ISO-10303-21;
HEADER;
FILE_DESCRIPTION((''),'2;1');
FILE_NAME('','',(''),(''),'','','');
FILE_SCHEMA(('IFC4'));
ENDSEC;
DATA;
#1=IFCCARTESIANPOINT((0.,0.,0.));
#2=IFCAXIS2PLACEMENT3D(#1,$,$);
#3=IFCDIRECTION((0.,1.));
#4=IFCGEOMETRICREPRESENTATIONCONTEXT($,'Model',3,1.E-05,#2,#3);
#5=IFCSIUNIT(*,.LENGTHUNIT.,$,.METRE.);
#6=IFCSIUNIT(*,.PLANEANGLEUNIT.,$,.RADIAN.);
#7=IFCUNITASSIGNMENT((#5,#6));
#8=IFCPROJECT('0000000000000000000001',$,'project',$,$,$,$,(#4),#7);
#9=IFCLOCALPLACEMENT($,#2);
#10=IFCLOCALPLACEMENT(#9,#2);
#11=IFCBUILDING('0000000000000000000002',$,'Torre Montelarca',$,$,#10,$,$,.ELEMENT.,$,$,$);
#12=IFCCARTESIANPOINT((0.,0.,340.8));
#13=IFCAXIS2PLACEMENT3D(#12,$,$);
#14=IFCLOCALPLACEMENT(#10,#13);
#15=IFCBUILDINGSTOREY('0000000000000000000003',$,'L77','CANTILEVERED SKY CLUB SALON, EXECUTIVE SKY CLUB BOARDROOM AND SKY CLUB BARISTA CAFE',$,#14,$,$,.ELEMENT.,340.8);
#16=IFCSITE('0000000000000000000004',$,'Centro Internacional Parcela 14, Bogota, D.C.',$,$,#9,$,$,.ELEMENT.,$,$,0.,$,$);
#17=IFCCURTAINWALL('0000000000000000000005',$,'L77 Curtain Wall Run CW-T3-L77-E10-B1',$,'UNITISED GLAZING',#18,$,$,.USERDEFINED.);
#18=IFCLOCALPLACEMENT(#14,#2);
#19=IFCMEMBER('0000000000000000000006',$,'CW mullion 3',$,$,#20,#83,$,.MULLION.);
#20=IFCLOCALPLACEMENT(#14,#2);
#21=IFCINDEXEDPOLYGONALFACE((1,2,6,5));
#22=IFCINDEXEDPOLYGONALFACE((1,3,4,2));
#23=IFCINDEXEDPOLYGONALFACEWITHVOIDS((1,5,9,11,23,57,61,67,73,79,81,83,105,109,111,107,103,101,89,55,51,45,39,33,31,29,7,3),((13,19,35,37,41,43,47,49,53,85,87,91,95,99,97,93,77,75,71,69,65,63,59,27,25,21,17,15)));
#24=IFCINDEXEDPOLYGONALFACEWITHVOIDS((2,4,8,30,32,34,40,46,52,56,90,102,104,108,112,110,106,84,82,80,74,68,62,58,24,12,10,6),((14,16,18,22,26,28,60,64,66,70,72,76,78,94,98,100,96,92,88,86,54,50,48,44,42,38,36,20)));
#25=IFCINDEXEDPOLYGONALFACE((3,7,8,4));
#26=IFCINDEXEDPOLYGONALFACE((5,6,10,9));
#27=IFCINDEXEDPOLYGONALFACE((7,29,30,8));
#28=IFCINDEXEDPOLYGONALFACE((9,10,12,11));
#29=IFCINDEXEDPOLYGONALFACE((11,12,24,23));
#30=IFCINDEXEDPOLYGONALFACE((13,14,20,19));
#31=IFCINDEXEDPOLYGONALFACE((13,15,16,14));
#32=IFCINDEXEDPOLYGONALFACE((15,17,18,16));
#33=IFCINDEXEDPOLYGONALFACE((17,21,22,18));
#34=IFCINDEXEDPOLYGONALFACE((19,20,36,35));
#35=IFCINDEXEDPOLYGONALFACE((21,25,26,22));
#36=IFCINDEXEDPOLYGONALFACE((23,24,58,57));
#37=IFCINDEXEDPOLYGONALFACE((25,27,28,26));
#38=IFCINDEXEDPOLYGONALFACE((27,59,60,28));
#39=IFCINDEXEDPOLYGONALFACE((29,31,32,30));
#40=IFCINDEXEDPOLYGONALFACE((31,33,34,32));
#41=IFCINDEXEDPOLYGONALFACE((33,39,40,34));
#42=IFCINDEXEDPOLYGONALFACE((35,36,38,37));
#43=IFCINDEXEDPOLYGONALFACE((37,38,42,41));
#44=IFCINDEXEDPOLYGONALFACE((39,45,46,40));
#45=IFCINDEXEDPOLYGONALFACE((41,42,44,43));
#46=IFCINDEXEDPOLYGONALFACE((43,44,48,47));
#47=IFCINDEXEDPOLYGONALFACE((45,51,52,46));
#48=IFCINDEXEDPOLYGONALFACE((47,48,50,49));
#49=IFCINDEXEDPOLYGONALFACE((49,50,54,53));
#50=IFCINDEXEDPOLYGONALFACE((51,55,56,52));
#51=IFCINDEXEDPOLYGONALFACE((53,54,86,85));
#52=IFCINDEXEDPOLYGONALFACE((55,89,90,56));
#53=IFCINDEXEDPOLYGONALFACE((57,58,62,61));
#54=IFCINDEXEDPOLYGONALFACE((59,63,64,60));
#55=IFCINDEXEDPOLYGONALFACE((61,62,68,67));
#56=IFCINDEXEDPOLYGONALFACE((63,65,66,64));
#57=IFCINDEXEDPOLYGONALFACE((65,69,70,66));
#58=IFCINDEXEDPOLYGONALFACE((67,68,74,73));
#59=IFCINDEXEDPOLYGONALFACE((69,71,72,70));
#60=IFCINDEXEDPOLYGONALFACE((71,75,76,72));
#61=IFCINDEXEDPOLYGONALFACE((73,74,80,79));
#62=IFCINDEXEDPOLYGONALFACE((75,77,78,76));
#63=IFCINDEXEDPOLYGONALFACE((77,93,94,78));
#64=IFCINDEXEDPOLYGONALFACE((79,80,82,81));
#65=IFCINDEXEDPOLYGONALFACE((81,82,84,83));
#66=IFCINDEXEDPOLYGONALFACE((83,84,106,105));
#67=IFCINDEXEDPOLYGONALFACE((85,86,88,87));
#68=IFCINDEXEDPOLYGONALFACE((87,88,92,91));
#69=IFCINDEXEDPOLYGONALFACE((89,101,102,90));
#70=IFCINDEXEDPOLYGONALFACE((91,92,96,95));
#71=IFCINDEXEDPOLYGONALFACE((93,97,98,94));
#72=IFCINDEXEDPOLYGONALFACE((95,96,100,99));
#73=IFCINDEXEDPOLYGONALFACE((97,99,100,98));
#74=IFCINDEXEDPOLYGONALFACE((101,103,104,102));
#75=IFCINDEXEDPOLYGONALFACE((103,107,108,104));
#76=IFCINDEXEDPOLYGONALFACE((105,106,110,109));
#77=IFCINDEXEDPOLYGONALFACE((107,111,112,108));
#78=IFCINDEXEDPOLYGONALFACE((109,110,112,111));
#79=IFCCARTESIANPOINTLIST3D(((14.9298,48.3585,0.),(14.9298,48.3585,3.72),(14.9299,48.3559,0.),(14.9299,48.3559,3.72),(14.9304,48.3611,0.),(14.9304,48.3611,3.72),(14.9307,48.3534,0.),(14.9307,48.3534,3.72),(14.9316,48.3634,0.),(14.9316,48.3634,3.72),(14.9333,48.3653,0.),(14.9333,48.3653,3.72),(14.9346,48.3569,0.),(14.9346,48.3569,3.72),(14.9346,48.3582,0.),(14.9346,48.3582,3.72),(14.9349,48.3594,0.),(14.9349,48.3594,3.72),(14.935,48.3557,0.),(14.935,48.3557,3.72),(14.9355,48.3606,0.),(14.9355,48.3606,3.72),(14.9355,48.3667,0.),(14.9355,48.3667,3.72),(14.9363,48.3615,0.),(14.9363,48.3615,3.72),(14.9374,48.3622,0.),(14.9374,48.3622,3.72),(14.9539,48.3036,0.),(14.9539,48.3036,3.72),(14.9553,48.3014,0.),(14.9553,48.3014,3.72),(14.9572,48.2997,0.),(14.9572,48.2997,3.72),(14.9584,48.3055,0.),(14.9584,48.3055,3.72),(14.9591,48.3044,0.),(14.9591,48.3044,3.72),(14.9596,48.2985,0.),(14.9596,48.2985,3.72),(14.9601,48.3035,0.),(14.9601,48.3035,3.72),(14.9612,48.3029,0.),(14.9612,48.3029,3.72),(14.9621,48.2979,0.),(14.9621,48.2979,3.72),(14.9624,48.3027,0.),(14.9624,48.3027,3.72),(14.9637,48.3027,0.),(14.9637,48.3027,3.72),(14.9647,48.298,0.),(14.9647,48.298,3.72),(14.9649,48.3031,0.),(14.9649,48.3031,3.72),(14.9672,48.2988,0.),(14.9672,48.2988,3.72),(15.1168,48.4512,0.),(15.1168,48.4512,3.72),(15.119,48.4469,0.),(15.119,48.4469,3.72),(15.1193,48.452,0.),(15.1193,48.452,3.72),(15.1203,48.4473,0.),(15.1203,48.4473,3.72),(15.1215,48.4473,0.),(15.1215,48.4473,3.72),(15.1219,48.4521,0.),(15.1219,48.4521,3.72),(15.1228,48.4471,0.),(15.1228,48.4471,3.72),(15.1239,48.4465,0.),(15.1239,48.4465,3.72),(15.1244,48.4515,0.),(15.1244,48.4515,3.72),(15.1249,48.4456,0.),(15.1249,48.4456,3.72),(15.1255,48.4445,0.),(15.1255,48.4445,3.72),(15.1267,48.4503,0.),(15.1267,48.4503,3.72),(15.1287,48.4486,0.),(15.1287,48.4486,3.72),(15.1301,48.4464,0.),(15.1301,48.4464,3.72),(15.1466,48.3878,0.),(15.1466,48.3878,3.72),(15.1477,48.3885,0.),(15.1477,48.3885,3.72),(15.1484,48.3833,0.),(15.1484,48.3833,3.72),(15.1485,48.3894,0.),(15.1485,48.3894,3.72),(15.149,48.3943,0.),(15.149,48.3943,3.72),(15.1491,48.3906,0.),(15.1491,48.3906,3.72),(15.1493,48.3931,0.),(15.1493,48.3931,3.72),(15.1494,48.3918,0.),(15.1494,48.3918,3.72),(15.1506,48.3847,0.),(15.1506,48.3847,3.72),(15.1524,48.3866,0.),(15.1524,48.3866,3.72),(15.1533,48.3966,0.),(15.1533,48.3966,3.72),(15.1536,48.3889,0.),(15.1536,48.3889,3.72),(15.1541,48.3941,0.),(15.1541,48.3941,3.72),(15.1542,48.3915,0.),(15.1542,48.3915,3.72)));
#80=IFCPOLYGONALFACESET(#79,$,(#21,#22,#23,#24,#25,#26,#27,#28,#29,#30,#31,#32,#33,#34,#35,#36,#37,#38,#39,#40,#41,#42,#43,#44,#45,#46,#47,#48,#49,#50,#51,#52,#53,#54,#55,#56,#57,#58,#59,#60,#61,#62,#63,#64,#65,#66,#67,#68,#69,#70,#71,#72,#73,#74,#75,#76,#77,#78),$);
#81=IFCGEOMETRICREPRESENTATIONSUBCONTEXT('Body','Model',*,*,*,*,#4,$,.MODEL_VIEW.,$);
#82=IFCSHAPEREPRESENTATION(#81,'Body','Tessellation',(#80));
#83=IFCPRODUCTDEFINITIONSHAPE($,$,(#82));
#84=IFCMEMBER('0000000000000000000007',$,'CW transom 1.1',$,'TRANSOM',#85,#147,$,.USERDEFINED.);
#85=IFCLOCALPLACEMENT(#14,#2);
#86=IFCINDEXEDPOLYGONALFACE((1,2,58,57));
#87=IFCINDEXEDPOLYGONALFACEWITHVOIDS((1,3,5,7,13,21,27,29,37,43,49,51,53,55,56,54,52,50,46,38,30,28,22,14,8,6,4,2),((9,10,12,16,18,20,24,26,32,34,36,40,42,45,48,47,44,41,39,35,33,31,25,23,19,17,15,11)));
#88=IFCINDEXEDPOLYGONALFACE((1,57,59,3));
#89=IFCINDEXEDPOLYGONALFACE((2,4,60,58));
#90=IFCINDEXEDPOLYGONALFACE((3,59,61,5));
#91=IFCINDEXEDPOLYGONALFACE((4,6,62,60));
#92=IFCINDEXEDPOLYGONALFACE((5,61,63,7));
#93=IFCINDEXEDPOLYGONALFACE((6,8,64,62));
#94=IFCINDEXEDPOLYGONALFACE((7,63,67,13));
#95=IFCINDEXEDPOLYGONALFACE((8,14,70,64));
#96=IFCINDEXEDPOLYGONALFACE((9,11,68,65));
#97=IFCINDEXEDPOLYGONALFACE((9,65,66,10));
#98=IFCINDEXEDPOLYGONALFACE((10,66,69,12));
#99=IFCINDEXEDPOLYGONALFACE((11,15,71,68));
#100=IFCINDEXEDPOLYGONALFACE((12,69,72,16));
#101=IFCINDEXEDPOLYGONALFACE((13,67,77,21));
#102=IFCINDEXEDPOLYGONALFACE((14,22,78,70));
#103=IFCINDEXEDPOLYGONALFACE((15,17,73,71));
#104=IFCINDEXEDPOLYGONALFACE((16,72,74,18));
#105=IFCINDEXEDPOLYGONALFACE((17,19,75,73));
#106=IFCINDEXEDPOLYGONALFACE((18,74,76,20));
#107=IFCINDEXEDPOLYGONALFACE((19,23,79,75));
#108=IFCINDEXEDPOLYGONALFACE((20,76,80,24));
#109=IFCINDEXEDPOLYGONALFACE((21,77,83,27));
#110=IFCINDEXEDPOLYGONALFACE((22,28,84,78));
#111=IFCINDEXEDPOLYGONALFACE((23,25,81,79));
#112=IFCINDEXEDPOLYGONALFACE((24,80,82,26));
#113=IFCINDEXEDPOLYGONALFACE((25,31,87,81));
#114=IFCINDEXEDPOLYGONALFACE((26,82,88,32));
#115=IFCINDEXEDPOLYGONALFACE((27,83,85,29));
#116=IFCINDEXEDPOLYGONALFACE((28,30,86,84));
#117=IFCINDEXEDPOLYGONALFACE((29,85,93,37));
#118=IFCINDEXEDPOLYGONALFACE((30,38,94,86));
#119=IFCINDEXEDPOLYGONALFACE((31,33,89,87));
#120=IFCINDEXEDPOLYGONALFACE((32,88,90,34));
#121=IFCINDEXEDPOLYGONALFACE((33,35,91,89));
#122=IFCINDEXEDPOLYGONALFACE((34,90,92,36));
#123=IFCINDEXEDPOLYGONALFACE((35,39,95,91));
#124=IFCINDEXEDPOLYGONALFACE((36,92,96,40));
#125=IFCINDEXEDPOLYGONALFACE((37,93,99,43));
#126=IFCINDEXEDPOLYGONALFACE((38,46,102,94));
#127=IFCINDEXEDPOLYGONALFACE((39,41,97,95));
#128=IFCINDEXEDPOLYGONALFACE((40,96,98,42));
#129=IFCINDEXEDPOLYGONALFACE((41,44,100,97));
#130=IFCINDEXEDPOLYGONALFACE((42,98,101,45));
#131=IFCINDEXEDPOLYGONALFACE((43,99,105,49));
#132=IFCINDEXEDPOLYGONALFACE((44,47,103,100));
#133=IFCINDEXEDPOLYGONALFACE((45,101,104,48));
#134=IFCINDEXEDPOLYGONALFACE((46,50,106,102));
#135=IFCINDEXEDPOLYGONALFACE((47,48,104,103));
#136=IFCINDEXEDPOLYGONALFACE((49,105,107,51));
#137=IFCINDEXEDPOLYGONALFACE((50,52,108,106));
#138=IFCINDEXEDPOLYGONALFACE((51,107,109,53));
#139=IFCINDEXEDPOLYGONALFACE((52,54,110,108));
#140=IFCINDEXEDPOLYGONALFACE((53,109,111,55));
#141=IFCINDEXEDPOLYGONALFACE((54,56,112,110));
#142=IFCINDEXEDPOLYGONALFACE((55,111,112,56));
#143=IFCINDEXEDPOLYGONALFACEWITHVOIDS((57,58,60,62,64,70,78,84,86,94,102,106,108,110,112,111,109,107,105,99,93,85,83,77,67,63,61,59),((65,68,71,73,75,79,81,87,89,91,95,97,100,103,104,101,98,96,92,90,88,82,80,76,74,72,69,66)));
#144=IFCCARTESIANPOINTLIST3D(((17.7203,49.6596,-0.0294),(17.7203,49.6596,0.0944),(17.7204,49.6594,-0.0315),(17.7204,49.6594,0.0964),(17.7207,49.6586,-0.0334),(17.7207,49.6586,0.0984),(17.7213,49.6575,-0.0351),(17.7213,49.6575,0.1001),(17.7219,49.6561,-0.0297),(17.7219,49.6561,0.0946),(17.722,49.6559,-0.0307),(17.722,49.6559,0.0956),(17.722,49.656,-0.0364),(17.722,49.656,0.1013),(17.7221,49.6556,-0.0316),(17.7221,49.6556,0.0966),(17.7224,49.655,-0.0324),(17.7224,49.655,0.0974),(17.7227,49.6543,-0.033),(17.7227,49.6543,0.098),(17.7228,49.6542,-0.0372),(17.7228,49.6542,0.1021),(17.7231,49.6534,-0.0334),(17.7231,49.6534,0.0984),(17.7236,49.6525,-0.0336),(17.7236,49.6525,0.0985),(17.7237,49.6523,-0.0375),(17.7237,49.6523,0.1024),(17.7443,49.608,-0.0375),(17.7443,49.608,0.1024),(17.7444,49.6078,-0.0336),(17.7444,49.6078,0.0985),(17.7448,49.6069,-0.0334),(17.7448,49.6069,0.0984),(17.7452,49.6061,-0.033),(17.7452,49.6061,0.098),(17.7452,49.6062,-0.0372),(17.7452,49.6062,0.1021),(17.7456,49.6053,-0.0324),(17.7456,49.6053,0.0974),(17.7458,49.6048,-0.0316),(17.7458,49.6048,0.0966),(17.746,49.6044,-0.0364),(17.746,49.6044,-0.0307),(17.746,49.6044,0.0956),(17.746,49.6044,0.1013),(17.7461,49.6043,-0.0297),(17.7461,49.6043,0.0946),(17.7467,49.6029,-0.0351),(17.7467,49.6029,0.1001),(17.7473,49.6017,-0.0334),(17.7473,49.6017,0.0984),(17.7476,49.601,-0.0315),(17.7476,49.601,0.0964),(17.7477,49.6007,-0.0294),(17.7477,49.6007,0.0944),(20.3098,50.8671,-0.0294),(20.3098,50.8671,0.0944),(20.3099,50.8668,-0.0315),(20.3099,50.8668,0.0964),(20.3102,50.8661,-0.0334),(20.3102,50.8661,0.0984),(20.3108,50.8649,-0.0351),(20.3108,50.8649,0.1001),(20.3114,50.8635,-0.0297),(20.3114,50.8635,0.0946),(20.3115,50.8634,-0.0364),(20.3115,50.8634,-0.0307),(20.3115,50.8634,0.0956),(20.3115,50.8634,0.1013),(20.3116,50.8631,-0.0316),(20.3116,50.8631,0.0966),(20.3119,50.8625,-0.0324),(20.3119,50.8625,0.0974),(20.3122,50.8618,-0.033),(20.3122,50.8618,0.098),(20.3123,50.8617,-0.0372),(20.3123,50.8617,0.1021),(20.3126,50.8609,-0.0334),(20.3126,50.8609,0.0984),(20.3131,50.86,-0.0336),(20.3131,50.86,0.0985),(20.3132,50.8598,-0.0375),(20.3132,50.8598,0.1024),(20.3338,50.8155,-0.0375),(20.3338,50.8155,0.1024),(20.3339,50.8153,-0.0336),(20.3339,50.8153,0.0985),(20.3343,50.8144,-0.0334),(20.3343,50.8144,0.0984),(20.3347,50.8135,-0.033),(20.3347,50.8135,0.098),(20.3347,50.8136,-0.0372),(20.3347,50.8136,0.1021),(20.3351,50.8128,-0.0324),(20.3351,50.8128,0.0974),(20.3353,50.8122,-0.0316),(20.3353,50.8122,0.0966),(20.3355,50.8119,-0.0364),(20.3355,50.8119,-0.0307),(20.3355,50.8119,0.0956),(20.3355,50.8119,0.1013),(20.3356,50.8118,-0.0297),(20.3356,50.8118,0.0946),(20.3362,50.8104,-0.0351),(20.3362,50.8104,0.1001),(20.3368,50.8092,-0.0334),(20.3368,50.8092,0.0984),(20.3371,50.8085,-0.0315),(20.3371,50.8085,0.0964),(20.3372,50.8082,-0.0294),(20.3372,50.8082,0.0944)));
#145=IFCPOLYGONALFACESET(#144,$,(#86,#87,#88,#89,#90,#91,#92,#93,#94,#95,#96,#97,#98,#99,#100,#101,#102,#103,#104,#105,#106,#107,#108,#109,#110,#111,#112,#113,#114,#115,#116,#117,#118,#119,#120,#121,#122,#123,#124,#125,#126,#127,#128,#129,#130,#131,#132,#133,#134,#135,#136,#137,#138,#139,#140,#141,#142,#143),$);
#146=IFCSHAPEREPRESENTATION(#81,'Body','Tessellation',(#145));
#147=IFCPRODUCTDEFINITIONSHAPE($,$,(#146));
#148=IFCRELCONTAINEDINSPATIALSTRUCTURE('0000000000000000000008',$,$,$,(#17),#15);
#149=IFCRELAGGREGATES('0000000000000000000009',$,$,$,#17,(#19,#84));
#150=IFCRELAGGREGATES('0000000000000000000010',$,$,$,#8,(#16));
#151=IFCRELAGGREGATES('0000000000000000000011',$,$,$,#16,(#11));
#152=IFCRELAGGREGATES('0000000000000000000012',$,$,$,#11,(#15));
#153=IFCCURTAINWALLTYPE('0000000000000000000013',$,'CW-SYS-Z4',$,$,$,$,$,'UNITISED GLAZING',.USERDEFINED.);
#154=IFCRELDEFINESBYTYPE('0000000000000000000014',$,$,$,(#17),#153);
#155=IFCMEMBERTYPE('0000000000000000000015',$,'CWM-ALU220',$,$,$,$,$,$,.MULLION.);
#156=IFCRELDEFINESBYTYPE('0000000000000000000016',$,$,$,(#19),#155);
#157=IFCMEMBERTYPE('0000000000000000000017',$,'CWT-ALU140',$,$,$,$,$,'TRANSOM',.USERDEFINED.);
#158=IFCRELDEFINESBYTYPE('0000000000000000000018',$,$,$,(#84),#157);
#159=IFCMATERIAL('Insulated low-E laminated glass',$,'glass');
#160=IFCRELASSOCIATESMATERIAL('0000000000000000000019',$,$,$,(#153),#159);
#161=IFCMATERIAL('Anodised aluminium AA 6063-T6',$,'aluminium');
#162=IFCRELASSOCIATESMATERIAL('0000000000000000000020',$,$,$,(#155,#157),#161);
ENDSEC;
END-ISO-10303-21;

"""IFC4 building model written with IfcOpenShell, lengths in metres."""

from ifc_helpers import new_model, si_unit, direction, frame, origin, origin_2d, place, context, subcontext, project, spatial, hollow_rectangle, extrude, source, transform, mapped, material, material_profile, profile_set, type_object, element, aggregate, save


model = new_model("IFC4")

# Units and contexts
model_context = context("Model", 3, precision=1e-05, world=origin(), true_north=direction((0.0, 1.0)))
body_context = subcontext(model_context, "Body", "Model", "MODEL_VIEW")
ifc_project = project(units=[si_unit("LENGTHUNIT", "METRE"), si_unit("PLANEANGLEUNIT", "RADIAN")], contexts=[model_context])

# Site, building, storey
site_placement = place(None, origin())
site = spatial("IfcSite", under=ifc_project, at=site_placement, Name="Centro Internacional Parcela 14, Bogota, D.C.", CompositionType="ELEMENT", RefElevation=0.0)
building_placement = place(site_placement, origin())
building = spatial("IfcBuilding", under=site, at=building_placement, Name="Torre Montelarca", CompositionType="ELEMENT")
storey_placement = place(building_placement, frame((0.0, 0.0, 340.8)))
storey = spatial("IfcBuildingStorey", under=building, at=storey_placement, Name="L77", Description="CANTILEVERED SKY CLUB SALON, EXECUTIVE SKY CLUB BOARDROOM AND SKY CLUB BARISTA CAFE", CompositionType="ELEMENT", Elevation=340.8)

# Curtain wall, members
ifc_material_1 = material(Name="Insulated low-E laminated glass", Category="glass")
curtain_wall_type = type_object("IfcCurtainWallType", Name="CW-SYS-Z4", ElementType="UNITISED GLAZING", PredefinedType="USERDEFINED", material=ifc_material_1)
curtain_wall_placement = place(storey_placement, origin())
curtain_wall = element("IfcCurtainWall", 1, at=curtain_wall_placement, inside=storey, type_object=curtain_wall_type, Name="L77 Curtain Wall Run CW-T3-L77-E10-B1", ObjectType="UNITISED GLAZING", PredefinedType="USERDEFINED")
ifc_material_2 = material(Name="Anodised aluminium AA 6063-T6", Category="aluminium")
ifc_material_profile_1 = material_profile(ifc_material_2, hollow_rectangle(XDim=0.075, YDim=0.22, WallThickness=0.0049, InnerFilletRadius=0.0049, OuterFilletRadius=0.01, at=origin_2d()), Name="ALU75X220X5", Category="aluminium")
ifc_profile_set_1 = profile_set([ifc_material_profile_1], Name="Anodised aluminium AA 6063-T6")
member_type_1 = type_object("IfcMemberType", Name="CWM-ALU220", PredefinedType="MULLION", material=ifc_profile_set_1)
shared_shape_1 = source(origin(), body_context, "Body", "SweptSolid", [
    extrude(hollow_rectangle(XDim=0.075, YDim=0.22, WallThickness=0.0049, InnerFilletRadius=0.0049, OuterFilletRadius=0.01, at=origin_2d()), origin(), (0.0, 0.0, 1.0), 3.72),
])
member_1_placement = place(storey_placement, frame((15.042, 48.375, 0.0), z_axis=(0.0, 0.0, 1.0), x_axis=(0.422615, -0.906309, 0.0)))
member_1 = element("IfcMember", 2, at=member_1_placement, type_object=member_type_1, Name="CW mullion 3", PredefinedType="MULLION", context=body_context, shape_type="MappedRepresentation", body=[
    mapped(shared_shape_1, transform((0.0, 0.0, 0.0), scale=1.0)),
])
ifc_material_profile_2 = material_profile(ifc_material_2, hollow_rectangle(XDim=0.0649, YDim=0.1399, WallThickness=0.0039, InnerFilletRadius=0.0039, OuterFilletRadius=0.0081, at=origin_2d()), Name="ALU65X140X4", Category="aluminium")
ifc_profile_set_2 = profile_set([ifc_material_profile_2], Name="Anodised aluminium AA 6063-T6")
member_type_2 = type_object("IfcMemberType", Name="CWT-ALU140", ElementType="TRANSOM", PredefinedType="USERDEFINED", material=ifc_profile_set_2)
shared_shape_2 = source(origin(), body_context, "Body", "SweptSolid", [
    extrude(hollow_rectangle(XDim=0.0649, YDim=0.1399, WallThickness=0.0039, InnerFilletRadius=0.0039, OuterFilletRadius=0.0081, at=origin_2d()), origin(), (0.0, 0.0, 1.0), 2.8572),
])
member_2_placement = place(storey_placement, frame((20.3235, 50.8376, 0.0325), z_axis=(-0.906312, -0.422609, 0.0), x_axis=(0.422609, -0.906312, 0.0)))
member_2 = element("IfcMember", 3, at=member_2_placement, type_object=member_type_2, Name="CW transom 1.1", ObjectType="TRANSOM", PredefinedType="USERDEFINED", context=body_context, shape_type="MappedRepresentation", body=[
    mapped(shared_shape_2, transform((0.0, 0.0, 0.0), scale=1.0)),
])
aggregate(curtain_wall, [member_1, member_2])

save(model, "model.ifc")
